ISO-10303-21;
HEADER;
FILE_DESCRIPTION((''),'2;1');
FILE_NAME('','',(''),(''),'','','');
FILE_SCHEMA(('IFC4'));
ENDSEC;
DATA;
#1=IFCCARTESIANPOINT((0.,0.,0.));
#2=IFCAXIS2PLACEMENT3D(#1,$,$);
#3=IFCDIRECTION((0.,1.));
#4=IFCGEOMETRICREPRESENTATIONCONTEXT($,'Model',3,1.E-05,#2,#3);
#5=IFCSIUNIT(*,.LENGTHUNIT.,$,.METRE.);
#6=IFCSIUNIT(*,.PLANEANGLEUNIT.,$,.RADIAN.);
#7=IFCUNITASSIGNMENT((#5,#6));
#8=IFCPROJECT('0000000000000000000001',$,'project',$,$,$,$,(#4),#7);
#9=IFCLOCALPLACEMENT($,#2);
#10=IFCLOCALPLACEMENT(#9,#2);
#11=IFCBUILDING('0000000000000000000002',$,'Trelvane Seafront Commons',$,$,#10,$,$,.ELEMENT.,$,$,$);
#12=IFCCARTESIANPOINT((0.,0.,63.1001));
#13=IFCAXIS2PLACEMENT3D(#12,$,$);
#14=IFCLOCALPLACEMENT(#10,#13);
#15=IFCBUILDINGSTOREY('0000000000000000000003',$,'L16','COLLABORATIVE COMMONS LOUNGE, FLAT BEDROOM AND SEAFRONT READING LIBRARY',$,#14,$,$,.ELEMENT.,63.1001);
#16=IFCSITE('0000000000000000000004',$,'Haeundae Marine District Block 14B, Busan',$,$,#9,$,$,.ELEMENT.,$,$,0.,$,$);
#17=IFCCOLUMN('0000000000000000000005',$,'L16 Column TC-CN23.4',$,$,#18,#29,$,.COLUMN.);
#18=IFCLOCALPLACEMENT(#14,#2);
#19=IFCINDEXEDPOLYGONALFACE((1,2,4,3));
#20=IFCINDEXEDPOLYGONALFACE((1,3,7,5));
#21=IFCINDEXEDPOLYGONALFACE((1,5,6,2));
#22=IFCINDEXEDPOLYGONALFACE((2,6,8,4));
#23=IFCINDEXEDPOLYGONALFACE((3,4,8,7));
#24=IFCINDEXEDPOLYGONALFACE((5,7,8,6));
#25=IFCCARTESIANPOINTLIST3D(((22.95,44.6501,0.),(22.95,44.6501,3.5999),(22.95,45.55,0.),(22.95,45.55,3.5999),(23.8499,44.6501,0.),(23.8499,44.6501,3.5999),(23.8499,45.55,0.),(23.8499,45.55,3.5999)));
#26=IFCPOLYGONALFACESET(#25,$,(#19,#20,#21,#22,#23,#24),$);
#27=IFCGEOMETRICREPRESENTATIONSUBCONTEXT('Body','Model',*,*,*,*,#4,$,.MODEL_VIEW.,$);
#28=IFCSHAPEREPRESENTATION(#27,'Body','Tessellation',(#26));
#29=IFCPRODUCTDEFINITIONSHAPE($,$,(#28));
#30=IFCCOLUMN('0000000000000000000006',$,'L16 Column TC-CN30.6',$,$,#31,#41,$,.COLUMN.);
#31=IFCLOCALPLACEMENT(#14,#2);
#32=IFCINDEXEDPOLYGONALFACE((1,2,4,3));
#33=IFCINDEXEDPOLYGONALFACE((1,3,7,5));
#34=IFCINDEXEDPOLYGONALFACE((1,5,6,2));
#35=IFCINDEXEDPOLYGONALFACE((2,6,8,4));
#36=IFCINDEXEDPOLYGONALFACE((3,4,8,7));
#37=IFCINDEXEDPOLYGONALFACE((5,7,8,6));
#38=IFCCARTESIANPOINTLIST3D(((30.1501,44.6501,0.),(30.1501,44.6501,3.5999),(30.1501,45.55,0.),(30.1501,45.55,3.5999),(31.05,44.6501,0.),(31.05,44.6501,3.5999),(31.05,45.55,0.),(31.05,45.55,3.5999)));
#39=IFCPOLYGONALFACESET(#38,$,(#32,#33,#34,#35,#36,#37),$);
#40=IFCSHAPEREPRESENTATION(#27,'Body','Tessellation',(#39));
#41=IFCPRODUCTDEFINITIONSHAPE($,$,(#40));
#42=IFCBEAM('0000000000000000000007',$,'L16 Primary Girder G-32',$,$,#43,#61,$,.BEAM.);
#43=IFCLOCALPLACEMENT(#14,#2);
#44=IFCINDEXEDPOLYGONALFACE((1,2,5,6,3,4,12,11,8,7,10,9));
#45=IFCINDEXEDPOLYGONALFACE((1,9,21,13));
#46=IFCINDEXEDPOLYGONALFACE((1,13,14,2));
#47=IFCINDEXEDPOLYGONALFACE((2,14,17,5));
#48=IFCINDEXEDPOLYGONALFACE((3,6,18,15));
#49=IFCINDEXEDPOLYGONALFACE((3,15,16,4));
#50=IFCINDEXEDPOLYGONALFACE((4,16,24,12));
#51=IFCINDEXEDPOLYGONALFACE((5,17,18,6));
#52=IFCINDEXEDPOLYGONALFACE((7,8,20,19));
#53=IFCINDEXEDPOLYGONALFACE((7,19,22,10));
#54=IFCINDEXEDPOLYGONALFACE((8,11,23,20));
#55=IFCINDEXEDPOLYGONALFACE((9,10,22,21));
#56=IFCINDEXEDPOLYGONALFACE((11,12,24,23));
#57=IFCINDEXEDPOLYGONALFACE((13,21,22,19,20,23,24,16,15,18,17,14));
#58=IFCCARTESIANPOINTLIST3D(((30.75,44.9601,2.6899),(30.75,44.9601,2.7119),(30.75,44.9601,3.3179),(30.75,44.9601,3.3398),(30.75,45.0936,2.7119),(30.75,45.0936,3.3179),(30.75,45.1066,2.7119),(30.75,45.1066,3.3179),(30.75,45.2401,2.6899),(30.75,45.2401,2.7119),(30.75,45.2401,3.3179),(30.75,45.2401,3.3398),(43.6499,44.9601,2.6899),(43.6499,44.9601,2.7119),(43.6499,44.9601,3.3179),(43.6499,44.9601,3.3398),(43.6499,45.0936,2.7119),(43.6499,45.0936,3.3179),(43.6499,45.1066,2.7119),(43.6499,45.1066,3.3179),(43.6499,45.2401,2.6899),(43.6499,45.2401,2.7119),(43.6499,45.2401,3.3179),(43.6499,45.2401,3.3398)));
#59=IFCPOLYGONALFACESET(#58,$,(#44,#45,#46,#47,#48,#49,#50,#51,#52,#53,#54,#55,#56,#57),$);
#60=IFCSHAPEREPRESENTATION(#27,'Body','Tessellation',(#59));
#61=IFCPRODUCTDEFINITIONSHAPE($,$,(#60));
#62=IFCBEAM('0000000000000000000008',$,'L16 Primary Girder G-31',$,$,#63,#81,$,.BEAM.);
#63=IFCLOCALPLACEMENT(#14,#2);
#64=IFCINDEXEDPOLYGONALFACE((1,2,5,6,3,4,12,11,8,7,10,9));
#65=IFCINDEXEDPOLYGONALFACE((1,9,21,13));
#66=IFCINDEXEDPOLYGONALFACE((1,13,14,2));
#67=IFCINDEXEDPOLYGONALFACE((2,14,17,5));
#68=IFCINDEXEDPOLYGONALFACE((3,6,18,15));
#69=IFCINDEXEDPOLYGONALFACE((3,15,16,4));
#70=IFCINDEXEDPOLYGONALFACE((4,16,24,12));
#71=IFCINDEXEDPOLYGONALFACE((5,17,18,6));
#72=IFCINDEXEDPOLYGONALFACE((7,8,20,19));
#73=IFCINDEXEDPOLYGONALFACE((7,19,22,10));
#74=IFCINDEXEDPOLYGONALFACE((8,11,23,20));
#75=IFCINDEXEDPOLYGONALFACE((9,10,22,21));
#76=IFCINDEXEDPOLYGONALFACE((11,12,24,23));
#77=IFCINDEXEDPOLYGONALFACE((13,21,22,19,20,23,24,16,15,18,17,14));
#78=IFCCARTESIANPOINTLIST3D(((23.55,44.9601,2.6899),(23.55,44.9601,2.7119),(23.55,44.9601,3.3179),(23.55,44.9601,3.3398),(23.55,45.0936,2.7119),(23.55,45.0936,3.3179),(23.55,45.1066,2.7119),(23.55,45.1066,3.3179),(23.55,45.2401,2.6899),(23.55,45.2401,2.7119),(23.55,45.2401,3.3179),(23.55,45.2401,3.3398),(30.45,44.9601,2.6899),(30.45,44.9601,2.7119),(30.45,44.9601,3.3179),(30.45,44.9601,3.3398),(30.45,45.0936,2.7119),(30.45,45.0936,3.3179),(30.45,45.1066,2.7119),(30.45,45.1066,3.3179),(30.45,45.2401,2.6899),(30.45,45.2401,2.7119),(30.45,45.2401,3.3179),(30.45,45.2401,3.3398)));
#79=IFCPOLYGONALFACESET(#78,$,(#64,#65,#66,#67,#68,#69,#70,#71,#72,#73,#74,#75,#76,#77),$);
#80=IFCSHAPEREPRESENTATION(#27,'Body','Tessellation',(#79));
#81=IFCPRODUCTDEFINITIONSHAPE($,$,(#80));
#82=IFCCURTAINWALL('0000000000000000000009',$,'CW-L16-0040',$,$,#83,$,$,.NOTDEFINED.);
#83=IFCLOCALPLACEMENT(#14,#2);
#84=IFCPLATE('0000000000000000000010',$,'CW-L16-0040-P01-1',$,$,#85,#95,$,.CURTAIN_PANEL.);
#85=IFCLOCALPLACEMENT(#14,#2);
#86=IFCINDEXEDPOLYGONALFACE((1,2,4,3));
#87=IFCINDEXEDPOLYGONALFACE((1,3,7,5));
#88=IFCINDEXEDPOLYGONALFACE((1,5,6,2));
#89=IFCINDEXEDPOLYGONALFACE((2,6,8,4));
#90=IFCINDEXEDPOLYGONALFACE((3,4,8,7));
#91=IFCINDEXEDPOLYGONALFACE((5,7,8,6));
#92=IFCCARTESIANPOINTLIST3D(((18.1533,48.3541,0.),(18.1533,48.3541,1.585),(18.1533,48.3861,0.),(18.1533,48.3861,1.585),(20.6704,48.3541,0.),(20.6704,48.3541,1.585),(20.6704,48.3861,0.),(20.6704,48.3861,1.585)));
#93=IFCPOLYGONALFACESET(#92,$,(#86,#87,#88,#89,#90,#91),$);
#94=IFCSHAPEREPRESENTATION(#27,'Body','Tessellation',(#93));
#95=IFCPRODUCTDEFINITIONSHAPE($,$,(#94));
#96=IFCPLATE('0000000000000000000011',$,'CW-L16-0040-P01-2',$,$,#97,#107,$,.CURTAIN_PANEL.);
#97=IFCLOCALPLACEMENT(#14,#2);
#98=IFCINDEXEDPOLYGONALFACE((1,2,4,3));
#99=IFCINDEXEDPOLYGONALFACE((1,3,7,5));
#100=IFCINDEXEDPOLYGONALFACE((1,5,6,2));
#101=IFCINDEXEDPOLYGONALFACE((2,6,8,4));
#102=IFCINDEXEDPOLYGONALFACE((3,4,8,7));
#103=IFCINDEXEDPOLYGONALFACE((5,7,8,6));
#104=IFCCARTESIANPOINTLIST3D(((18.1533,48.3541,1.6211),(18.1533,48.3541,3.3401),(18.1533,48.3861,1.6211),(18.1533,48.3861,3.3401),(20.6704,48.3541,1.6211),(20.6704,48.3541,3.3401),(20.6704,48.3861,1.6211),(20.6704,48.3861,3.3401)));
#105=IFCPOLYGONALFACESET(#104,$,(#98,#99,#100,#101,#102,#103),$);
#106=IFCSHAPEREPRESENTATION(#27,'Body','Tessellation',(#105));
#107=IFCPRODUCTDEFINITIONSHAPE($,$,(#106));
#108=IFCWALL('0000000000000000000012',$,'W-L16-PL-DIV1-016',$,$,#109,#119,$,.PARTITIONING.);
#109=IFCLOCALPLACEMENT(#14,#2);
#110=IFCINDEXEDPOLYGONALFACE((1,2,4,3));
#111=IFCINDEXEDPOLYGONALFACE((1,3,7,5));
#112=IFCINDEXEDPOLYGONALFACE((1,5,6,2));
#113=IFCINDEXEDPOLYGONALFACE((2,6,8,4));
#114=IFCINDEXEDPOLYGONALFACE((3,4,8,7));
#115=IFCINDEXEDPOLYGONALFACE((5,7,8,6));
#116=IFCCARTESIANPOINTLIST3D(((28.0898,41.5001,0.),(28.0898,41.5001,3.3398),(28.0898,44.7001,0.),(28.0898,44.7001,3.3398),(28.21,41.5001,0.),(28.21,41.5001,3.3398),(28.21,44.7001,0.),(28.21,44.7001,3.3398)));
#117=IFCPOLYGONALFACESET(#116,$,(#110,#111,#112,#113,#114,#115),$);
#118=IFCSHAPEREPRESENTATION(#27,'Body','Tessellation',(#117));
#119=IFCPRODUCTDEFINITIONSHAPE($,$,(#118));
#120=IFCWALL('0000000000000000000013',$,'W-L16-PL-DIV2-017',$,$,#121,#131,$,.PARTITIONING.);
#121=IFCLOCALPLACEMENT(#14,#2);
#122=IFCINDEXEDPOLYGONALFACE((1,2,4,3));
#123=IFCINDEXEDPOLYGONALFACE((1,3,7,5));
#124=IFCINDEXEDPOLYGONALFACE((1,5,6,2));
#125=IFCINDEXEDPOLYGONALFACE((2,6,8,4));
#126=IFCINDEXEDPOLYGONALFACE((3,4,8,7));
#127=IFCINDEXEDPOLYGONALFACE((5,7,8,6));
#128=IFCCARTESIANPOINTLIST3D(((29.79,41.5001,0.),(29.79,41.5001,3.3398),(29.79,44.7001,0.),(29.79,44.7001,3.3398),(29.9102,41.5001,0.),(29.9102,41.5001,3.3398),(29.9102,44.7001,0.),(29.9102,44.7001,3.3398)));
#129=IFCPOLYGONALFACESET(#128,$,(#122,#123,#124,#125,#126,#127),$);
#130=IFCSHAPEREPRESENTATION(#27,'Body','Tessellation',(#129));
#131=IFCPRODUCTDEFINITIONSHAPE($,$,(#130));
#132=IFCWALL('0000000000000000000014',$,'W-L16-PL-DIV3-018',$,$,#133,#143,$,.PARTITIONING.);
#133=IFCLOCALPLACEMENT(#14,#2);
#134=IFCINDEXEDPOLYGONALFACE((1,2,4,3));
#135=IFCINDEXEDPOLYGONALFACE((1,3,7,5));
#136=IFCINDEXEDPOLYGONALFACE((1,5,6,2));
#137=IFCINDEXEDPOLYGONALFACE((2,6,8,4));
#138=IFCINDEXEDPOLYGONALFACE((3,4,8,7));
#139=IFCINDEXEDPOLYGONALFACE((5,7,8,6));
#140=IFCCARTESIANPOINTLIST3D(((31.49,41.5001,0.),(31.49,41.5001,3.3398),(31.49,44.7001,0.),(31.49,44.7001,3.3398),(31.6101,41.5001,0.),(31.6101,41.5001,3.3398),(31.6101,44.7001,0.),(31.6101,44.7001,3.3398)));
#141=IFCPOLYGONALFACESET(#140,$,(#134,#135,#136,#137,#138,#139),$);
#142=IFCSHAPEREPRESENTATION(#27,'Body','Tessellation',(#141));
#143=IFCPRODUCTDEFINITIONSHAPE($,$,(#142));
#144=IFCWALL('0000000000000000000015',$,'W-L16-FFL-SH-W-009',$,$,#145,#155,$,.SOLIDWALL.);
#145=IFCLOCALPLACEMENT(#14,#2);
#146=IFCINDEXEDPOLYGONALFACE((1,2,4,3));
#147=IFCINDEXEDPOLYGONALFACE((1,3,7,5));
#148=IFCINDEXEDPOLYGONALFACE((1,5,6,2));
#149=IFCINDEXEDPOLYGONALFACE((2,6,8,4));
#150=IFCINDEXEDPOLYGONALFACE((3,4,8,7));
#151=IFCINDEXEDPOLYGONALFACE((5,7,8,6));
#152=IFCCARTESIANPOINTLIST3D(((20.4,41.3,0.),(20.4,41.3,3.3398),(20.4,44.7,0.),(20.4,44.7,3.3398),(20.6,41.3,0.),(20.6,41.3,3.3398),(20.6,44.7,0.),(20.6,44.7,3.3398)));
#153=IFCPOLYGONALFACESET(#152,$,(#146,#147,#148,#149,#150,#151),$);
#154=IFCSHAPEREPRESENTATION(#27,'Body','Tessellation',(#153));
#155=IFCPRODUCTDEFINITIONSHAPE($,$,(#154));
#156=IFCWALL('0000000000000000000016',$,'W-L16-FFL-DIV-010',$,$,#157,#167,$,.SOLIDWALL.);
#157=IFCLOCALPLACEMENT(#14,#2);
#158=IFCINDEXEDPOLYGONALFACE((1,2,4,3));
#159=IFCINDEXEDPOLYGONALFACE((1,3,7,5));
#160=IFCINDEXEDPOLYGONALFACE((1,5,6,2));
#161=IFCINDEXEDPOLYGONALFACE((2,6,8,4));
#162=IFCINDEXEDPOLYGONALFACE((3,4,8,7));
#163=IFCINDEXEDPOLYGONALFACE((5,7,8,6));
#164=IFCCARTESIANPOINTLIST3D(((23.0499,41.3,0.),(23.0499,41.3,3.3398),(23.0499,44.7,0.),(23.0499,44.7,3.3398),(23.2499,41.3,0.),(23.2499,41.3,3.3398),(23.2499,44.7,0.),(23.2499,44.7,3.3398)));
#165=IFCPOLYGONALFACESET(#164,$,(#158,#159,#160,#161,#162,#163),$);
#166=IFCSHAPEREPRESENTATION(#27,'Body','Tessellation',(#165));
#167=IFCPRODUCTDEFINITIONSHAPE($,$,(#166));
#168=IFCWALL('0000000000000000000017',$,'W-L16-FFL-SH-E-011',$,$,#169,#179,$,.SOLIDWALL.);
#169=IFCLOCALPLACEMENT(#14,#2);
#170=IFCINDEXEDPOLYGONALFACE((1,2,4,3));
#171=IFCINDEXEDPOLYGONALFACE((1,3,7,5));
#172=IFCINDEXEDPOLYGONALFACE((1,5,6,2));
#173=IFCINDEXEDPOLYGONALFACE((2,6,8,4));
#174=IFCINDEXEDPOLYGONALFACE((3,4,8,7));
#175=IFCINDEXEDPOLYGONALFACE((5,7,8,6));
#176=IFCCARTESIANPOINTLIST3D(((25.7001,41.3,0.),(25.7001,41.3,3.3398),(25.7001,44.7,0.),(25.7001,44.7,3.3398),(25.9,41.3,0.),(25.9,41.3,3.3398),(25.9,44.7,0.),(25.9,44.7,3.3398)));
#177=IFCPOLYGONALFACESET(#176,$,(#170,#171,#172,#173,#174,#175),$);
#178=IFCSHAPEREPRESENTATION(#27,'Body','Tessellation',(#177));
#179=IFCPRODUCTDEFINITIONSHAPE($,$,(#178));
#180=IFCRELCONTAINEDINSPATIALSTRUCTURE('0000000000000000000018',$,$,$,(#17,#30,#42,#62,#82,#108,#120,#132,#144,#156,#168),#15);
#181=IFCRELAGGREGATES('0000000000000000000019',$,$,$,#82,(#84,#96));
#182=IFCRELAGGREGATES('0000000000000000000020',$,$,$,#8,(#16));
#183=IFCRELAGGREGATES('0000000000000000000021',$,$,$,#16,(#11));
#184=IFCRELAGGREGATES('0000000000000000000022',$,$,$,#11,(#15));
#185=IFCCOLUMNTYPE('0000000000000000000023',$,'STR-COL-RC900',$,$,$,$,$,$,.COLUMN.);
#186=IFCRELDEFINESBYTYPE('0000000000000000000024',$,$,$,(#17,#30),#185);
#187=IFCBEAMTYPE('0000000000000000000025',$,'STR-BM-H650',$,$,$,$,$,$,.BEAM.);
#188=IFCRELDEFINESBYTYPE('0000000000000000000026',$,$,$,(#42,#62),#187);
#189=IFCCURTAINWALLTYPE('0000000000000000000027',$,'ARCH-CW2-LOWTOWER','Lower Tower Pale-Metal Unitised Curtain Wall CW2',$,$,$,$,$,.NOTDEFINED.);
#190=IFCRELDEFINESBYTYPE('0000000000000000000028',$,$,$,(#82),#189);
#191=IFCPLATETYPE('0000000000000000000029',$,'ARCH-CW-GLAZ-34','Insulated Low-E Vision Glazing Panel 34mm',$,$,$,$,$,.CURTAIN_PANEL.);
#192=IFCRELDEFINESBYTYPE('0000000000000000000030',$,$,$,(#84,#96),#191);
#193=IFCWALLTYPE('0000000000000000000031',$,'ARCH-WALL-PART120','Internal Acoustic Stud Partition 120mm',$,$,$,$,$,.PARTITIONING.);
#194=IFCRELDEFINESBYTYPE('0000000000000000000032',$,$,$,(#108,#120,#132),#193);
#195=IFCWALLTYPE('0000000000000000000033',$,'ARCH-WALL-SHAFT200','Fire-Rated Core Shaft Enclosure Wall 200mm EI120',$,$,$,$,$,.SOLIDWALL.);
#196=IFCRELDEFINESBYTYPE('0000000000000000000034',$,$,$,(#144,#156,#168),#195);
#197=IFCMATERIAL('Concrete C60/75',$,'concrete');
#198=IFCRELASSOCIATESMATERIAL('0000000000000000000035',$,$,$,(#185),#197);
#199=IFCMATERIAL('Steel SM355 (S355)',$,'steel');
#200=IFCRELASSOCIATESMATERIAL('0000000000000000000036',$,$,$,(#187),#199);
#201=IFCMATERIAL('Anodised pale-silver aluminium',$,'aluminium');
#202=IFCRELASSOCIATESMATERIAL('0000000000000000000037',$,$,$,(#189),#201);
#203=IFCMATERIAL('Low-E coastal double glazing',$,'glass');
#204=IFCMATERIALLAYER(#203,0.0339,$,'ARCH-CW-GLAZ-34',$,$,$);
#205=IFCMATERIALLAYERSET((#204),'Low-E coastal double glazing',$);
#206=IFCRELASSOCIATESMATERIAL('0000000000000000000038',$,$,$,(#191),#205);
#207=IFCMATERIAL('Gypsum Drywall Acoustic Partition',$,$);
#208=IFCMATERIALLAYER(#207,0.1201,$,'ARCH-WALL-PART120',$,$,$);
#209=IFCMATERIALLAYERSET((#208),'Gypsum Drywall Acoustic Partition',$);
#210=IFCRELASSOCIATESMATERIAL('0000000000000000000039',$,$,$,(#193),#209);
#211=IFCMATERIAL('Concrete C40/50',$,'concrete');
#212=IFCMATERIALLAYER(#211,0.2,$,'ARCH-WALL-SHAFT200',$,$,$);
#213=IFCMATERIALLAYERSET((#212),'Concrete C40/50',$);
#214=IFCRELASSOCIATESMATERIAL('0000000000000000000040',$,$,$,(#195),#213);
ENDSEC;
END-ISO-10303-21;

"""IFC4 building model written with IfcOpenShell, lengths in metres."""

from ifc_helpers import new_model, si_unit, direction, frame, frame_2d, origin, origin_2d, place, context, subcontext, project, spatial, rectangle, i_section, extrude, source, transform, mapped, material, layer, layer_set, material_profile, profile_set, type_object, element, aggregate, save


model = new_model("IFC4")

# Units and contexts
model_context = context("Model", 3, precision=1e-05, world=origin(), true_north=direction((0.0, 1.0)))
body_context = subcontext(model_context, "Body", "Model", "MODEL_VIEW")
ifc_project = project(units=[si_unit("LENGTHUNIT", "METRE"), si_unit("PLANEANGLEUNIT", "RADIAN")], contexts=[model_context])

# Site, building, storey
site_placement = place(None, origin())
site = spatial("IfcSite", under=ifc_project, at=site_placement, Name="Haeundae Marine District Block 14B, Busan", CompositionType="ELEMENT", RefElevation=0.0)
building_placement = place(site_placement, origin())
building = spatial("IfcBuilding", under=site, at=building_placement, Name="Trelvane Seafront Commons", CompositionType="ELEMENT")
storey_placement = place(building_placement, frame((0.0, 0.0, 63.1001)))
storey = spatial("IfcBuildingStorey", under=building, at=storey_placement, Name="L16", Description="COLLABORATIVE COMMONS LOUNGE, FLAT BEDROOM AND SEAFRONT READING LIBRARY", CompositionType="ELEMENT", Elevation=63.1001)

# Columns
ifc_material_1 = material(Name="Concrete C60/75", Category="concrete")
ifc_material_profile_1 = material_profile(ifc_material_1, rectangle(XDim=0.8999, YDim=0.8999, at=origin_2d()), Name="RC-900x900")
ifc_profile_set_1 = profile_set([ifc_material_profile_1], Name="Concrete C60/75")
column_type = type_object("IfcColumnType", Name="STR-COL-RC900", PredefinedType="COLUMN", material=ifc_profile_set_1)
shared_shape_1 = source(origin(), body_context, "Body", "SweptSolid", [
    extrude(rectangle(XDim=0.8999, YDim=0.8999, at=origin_2d()), origin(), (0.0, 0.0, 1.0), 3.5999),
])
for number, where, z_axis, x_axis, name in (
    (1, (23.3999, 45.1001, 0.0), (0.0, 0.0, 1.0), (1.0, 0.0, 0.0), "L16 Column TC-CN23.4"),
    (2, (30.6001, 45.1001, 0.0), (0.0, 0.0, 1.0), (1.0, 0.0, 0.0), "L16 Column TC-CN30.6"),
):
    element("IfcColumn", number, at=place(storey_placement, frame(where, z_axis=z_axis, x_axis=x_axis)), inside=storey, type_object=column_type, Name=name, PredefinedType="COLUMN", context=body_context, shape_type="MappedRepresentation", body=[
        mapped(shared_shape_1, transform((0.0, 0.0, 0.0), x_axis=(1.0, 0.0, 0.0), y_axis=(0.0, 1.0, 0.0), z_axis=(0.0, 0.0, 1.0), scale=1.0)),
    ])

# Beams
ifc_material_2 = material(Name="Steel SM355 (S355)", Category="steel")
ifc_material_profile_2 = material_profile(ifc_material_2, i_section(OverallWidth=0.28, OverallDepth=0.6499, WebThickness=0.0129, FlangeThickness=0.022, at=origin_2d()), Name="H-650x280x13x22")
ifc_profile_set_2 = profile_set([ifc_material_profile_2], Name="Steel SM355 (S355)")
beam_type = type_object("IfcBeamType", Name="STR-BM-H650", PredefinedType="BEAM", material=ifc_profile_set_2)
shared_shape_2 = source(origin(), body_context, "Body", "SweptSolid", [
    extrude(i_section(OverallWidth=0.28, OverallDepth=0.6499, WebThickness=0.0129, FlangeThickness=0.022, at=origin_2d()), origin(), (0.0, 0.0, 1.0), 12.8999),
])
beam_1_placement = place(storey_placement, frame((30.75, 45.1001, 3.0149), z_axis=(1.0, 0.0, 0.0), x_axis=(0.0, 1.0, 0.0)))
element("IfcBeam", 3, at=beam_1_placement, inside=storey, type_object=beam_type, Name="L16 Primary Girder G-32", PredefinedType="BEAM", context=body_context, shape_type="MappedRepresentation", body=[
    mapped(shared_shape_2, transform((0.0, 0.0, 0.0), x_axis=(1.0, 0.0, 0.0), y_axis=(0.0, 1.0, 0.0), z_axis=(0.0, 0.0, 1.0), scale=1.0)),
])
shared_shape_3 = source(origin(), body_context, "Body", "SweptSolid", [
    extrude(i_section(OverallWidth=0.28, OverallDepth=0.6499, WebThickness=0.0129, FlangeThickness=0.022, at=origin_2d()), origin(), (0.0, 0.0, 1.0), 6.8999),
])
beam_2_placement = place(storey_placement, frame((23.55, 45.1001, 3.0149), z_axis=(1.0, 0.0, 0.0), x_axis=(0.0, 1.0, 0.0)))
element("IfcBeam", 4, at=beam_2_placement, inside=storey, type_object=beam_type, Name="L16 Primary Girder G-31", PredefinedType="BEAM", context=body_context, shape_type="MappedRepresentation", body=[
    mapped(shared_shape_3, transform((0.0, 0.0, 0.0), x_axis=(1.0, 0.0, 0.0), y_axis=(0.0, 1.0, 0.0), z_axis=(0.0, 0.0, 1.0), scale=1.0)),
])

# Curtain wall, plates
ifc_material_3 = material(Name="Anodised pale-silver aluminium", Category="aluminium")
curtain_wall_type = type_object("IfcCurtainWallType", Name="ARCH-CW2-LOWTOWER", Description="Lower Tower Pale-Metal Unitised Curtain Wall CW2", PredefinedType="NOTDEFINED", material=ifc_material_3)
curtain_wall_placement = place(storey_placement, origin())
curtain_wall = element("IfcCurtainWall", 5, at=curtain_wall_placement, inside=storey, type_object=curtain_wall_type, Name="CW-L16-0040", PredefinedType="NOTDEFINED")
ifc_material_4 = material(Name="Low-E coastal double glazing", Category="glass")
ifc_layer_1 = layer(ifc_material_4, 0.0339, Name="ARCH-CW-GLAZ-34")
ifc_layer_set_1 = layer_set([ifc_layer_1], Name="Low-E coastal double glazing")
plate_type = type_object("IfcPlateType", Name="ARCH-CW-GLAZ-34", Description="Insulated Low-E Vision Glazing Panel 34mm", PredefinedType="CURTAIN_PANEL", material=ifc_layer_set_1)
shared_shape_4 = source(origin(), body_context, "Body", "SweptSolid", [
    extrude(rectangle(XDim=2.5171, YDim=0.032, at=origin_2d()), origin(), (0.0, 0.0, 1.0), 1.585),
])
plate_1_placement = place(storey_placement, frame((19.4119, 48.3701, 0.0), z_axis=(0.0, 0.0, 1.0), x_axis=(1.0, 0.0, 0.0)))
plate_1 = element("IfcPlate", 6, at=plate_1_placement, type_object=plate_type, Name="CW-L16-0040-P01-1", PredefinedType="CURTAIN_PANEL", context=body_context, shape_type="MappedRepresentation", body=[
    mapped(shared_shape_4, transform((0.0, 0.0, 0.0), x_axis=(1.0, 0.0, 0.0), y_axis=(0.0, 1.0, 0.0), z_axis=(0.0, 0.0, 1.0), scale=1.0)),
])
shared_shape_5 = source(origin(), body_context, "Body", "SweptSolid", [
    extrude(rectangle(XDim=2.5171, YDim=0.032, at=origin_2d()), origin(), (0.0, 0.0, 1.0), 1.719),
])
plate_2_placement = place(storey_placement, frame((19.4119, 48.3701, 1.6211), z_axis=(0.0, 0.0, 1.0), x_axis=(1.0, 0.0, 0.0)))
plate_2 = element("IfcPlate", 7, at=plate_2_placement, type_object=plate_type, Name="CW-L16-0040-P01-2", PredefinedType="CURTAIN_PANEL", context=body_context, shape_type="MappedRepresentation", body=[
    mapped(shared_shape_5, transform((0.0, 0.0, 0.0), x_axis=(1.0, 0.0, 0.0), y_axis=(0.0, 1.0, 0.0), z_axis=(0.0, 0.0, 1.0), scale=1.0)),
])
aggregate(curtain_wall, [plate_1, plate_2])

# Walls
ifc_material_5 = material(Name="Gypsum Drywall Acoustic Partition")
ifc_layer_2 = layer(ifc_material_5, 0.1201, Name="ARCH-WALL-PART120")
ifc_layer_set_2 = layer_set([ifc_layer_2], Name="Gypsum Drywall Acoustic Partition")
wall_type_1 = type_object("IfcWallType", Name="ARCH-WALL-PART120", Description="Internal Acoustic Stud Partition 120mm", PredefinedType="PARTITIONING", material=ifc_layer_set_2)
for number, where, z_axis, x_axis, name in (
    (8, (28.1499, 41.5, 0.0), (0.0, 0.0, 1.0), (0.0, 1.0, 0.0), "W-L16-PL-DIV1-016"),
    (9, (29.8501, 41.5, 0.0), (0.0, 0.0, 1.0), (0.0, 1.0, 0.0), "W-L16-PL-DIV2-017"),
    (10, (31.55, 41.5, 0.0), (0.0, 0.0, 1.0), (0.0, 1.0, 0.0), "W-L16-PL-DIV3-018"),
):
    element("IfcWall", number, at=place(storey_placement, frame(where, z_axis=z_axis, x_axis=x_axis)), inside=storey, type_object=wall_type_1, Name=name, PredefinedType="PARTITIONING", context=body_context, shape_type="SweptSolid", body=[
        extrude(rectangle(XDim=3.2, YDim=0.1201, at=frame_2d((1.6001, 0.0))), origin(), (0.0, 0.0, 1.0), 3.3398),
    ])
ifc_material_6 = material(Name="Concrete C40/50", Category="concrete")
ifc_layer_3 = layer(ifc_material_6, 0.2, Name="ARCH-WALL-SHAFT200")
ifc_layer_set_3 = layer_set([ifc_layer_3], Name="Concrete C40/50")
wall_type_2 = type_object("IfcWallType", Name="ARCH-WALL-SHAFT200", Description="Fire-Rated Core Shaft Enclosure Wall 200mm EI120", PredefinedType="SOLIDWALL", material=ifc_layer_set_3)
for number, where, z_axis, x_axis, name in (
    (11, (20.5, 41.3, 0.0), (0.0, 0.0, 1.0), (0.0, 1.0, 0.0), "W-L16-FFL-SH-W-009"),
    (12, (23.1499, 41.3, 0.0), (0.0, 0.0, 1.0), (0.0, 1.0, 0.0), "W-L16-FFL-DIV-010"),
    (13, (25.8, 41.3, 0.0), (0.0, 0.0, 1.0), (0.0, 1.0, 0.0), "W-L16-FFL-SH-E-011"),
):
    element("IfcWall", number, at=place(storey_placement, frame(where, z_axis=z_axis, x_axis=x_axis)), inside=storey, type_object=wall_type_2, Name=name, PredefinedType="SOLIDWALL", context=body_context, shape_type="SweptSolid", body=[
        extrude(rectangle(XDim=3.3999, YDim=0.2, at=frame_2d((1.7, 0.0))), origin(), (0.0, 0.0, 1.0), 3.3398),
    ])

save(model, "model.ifc")
